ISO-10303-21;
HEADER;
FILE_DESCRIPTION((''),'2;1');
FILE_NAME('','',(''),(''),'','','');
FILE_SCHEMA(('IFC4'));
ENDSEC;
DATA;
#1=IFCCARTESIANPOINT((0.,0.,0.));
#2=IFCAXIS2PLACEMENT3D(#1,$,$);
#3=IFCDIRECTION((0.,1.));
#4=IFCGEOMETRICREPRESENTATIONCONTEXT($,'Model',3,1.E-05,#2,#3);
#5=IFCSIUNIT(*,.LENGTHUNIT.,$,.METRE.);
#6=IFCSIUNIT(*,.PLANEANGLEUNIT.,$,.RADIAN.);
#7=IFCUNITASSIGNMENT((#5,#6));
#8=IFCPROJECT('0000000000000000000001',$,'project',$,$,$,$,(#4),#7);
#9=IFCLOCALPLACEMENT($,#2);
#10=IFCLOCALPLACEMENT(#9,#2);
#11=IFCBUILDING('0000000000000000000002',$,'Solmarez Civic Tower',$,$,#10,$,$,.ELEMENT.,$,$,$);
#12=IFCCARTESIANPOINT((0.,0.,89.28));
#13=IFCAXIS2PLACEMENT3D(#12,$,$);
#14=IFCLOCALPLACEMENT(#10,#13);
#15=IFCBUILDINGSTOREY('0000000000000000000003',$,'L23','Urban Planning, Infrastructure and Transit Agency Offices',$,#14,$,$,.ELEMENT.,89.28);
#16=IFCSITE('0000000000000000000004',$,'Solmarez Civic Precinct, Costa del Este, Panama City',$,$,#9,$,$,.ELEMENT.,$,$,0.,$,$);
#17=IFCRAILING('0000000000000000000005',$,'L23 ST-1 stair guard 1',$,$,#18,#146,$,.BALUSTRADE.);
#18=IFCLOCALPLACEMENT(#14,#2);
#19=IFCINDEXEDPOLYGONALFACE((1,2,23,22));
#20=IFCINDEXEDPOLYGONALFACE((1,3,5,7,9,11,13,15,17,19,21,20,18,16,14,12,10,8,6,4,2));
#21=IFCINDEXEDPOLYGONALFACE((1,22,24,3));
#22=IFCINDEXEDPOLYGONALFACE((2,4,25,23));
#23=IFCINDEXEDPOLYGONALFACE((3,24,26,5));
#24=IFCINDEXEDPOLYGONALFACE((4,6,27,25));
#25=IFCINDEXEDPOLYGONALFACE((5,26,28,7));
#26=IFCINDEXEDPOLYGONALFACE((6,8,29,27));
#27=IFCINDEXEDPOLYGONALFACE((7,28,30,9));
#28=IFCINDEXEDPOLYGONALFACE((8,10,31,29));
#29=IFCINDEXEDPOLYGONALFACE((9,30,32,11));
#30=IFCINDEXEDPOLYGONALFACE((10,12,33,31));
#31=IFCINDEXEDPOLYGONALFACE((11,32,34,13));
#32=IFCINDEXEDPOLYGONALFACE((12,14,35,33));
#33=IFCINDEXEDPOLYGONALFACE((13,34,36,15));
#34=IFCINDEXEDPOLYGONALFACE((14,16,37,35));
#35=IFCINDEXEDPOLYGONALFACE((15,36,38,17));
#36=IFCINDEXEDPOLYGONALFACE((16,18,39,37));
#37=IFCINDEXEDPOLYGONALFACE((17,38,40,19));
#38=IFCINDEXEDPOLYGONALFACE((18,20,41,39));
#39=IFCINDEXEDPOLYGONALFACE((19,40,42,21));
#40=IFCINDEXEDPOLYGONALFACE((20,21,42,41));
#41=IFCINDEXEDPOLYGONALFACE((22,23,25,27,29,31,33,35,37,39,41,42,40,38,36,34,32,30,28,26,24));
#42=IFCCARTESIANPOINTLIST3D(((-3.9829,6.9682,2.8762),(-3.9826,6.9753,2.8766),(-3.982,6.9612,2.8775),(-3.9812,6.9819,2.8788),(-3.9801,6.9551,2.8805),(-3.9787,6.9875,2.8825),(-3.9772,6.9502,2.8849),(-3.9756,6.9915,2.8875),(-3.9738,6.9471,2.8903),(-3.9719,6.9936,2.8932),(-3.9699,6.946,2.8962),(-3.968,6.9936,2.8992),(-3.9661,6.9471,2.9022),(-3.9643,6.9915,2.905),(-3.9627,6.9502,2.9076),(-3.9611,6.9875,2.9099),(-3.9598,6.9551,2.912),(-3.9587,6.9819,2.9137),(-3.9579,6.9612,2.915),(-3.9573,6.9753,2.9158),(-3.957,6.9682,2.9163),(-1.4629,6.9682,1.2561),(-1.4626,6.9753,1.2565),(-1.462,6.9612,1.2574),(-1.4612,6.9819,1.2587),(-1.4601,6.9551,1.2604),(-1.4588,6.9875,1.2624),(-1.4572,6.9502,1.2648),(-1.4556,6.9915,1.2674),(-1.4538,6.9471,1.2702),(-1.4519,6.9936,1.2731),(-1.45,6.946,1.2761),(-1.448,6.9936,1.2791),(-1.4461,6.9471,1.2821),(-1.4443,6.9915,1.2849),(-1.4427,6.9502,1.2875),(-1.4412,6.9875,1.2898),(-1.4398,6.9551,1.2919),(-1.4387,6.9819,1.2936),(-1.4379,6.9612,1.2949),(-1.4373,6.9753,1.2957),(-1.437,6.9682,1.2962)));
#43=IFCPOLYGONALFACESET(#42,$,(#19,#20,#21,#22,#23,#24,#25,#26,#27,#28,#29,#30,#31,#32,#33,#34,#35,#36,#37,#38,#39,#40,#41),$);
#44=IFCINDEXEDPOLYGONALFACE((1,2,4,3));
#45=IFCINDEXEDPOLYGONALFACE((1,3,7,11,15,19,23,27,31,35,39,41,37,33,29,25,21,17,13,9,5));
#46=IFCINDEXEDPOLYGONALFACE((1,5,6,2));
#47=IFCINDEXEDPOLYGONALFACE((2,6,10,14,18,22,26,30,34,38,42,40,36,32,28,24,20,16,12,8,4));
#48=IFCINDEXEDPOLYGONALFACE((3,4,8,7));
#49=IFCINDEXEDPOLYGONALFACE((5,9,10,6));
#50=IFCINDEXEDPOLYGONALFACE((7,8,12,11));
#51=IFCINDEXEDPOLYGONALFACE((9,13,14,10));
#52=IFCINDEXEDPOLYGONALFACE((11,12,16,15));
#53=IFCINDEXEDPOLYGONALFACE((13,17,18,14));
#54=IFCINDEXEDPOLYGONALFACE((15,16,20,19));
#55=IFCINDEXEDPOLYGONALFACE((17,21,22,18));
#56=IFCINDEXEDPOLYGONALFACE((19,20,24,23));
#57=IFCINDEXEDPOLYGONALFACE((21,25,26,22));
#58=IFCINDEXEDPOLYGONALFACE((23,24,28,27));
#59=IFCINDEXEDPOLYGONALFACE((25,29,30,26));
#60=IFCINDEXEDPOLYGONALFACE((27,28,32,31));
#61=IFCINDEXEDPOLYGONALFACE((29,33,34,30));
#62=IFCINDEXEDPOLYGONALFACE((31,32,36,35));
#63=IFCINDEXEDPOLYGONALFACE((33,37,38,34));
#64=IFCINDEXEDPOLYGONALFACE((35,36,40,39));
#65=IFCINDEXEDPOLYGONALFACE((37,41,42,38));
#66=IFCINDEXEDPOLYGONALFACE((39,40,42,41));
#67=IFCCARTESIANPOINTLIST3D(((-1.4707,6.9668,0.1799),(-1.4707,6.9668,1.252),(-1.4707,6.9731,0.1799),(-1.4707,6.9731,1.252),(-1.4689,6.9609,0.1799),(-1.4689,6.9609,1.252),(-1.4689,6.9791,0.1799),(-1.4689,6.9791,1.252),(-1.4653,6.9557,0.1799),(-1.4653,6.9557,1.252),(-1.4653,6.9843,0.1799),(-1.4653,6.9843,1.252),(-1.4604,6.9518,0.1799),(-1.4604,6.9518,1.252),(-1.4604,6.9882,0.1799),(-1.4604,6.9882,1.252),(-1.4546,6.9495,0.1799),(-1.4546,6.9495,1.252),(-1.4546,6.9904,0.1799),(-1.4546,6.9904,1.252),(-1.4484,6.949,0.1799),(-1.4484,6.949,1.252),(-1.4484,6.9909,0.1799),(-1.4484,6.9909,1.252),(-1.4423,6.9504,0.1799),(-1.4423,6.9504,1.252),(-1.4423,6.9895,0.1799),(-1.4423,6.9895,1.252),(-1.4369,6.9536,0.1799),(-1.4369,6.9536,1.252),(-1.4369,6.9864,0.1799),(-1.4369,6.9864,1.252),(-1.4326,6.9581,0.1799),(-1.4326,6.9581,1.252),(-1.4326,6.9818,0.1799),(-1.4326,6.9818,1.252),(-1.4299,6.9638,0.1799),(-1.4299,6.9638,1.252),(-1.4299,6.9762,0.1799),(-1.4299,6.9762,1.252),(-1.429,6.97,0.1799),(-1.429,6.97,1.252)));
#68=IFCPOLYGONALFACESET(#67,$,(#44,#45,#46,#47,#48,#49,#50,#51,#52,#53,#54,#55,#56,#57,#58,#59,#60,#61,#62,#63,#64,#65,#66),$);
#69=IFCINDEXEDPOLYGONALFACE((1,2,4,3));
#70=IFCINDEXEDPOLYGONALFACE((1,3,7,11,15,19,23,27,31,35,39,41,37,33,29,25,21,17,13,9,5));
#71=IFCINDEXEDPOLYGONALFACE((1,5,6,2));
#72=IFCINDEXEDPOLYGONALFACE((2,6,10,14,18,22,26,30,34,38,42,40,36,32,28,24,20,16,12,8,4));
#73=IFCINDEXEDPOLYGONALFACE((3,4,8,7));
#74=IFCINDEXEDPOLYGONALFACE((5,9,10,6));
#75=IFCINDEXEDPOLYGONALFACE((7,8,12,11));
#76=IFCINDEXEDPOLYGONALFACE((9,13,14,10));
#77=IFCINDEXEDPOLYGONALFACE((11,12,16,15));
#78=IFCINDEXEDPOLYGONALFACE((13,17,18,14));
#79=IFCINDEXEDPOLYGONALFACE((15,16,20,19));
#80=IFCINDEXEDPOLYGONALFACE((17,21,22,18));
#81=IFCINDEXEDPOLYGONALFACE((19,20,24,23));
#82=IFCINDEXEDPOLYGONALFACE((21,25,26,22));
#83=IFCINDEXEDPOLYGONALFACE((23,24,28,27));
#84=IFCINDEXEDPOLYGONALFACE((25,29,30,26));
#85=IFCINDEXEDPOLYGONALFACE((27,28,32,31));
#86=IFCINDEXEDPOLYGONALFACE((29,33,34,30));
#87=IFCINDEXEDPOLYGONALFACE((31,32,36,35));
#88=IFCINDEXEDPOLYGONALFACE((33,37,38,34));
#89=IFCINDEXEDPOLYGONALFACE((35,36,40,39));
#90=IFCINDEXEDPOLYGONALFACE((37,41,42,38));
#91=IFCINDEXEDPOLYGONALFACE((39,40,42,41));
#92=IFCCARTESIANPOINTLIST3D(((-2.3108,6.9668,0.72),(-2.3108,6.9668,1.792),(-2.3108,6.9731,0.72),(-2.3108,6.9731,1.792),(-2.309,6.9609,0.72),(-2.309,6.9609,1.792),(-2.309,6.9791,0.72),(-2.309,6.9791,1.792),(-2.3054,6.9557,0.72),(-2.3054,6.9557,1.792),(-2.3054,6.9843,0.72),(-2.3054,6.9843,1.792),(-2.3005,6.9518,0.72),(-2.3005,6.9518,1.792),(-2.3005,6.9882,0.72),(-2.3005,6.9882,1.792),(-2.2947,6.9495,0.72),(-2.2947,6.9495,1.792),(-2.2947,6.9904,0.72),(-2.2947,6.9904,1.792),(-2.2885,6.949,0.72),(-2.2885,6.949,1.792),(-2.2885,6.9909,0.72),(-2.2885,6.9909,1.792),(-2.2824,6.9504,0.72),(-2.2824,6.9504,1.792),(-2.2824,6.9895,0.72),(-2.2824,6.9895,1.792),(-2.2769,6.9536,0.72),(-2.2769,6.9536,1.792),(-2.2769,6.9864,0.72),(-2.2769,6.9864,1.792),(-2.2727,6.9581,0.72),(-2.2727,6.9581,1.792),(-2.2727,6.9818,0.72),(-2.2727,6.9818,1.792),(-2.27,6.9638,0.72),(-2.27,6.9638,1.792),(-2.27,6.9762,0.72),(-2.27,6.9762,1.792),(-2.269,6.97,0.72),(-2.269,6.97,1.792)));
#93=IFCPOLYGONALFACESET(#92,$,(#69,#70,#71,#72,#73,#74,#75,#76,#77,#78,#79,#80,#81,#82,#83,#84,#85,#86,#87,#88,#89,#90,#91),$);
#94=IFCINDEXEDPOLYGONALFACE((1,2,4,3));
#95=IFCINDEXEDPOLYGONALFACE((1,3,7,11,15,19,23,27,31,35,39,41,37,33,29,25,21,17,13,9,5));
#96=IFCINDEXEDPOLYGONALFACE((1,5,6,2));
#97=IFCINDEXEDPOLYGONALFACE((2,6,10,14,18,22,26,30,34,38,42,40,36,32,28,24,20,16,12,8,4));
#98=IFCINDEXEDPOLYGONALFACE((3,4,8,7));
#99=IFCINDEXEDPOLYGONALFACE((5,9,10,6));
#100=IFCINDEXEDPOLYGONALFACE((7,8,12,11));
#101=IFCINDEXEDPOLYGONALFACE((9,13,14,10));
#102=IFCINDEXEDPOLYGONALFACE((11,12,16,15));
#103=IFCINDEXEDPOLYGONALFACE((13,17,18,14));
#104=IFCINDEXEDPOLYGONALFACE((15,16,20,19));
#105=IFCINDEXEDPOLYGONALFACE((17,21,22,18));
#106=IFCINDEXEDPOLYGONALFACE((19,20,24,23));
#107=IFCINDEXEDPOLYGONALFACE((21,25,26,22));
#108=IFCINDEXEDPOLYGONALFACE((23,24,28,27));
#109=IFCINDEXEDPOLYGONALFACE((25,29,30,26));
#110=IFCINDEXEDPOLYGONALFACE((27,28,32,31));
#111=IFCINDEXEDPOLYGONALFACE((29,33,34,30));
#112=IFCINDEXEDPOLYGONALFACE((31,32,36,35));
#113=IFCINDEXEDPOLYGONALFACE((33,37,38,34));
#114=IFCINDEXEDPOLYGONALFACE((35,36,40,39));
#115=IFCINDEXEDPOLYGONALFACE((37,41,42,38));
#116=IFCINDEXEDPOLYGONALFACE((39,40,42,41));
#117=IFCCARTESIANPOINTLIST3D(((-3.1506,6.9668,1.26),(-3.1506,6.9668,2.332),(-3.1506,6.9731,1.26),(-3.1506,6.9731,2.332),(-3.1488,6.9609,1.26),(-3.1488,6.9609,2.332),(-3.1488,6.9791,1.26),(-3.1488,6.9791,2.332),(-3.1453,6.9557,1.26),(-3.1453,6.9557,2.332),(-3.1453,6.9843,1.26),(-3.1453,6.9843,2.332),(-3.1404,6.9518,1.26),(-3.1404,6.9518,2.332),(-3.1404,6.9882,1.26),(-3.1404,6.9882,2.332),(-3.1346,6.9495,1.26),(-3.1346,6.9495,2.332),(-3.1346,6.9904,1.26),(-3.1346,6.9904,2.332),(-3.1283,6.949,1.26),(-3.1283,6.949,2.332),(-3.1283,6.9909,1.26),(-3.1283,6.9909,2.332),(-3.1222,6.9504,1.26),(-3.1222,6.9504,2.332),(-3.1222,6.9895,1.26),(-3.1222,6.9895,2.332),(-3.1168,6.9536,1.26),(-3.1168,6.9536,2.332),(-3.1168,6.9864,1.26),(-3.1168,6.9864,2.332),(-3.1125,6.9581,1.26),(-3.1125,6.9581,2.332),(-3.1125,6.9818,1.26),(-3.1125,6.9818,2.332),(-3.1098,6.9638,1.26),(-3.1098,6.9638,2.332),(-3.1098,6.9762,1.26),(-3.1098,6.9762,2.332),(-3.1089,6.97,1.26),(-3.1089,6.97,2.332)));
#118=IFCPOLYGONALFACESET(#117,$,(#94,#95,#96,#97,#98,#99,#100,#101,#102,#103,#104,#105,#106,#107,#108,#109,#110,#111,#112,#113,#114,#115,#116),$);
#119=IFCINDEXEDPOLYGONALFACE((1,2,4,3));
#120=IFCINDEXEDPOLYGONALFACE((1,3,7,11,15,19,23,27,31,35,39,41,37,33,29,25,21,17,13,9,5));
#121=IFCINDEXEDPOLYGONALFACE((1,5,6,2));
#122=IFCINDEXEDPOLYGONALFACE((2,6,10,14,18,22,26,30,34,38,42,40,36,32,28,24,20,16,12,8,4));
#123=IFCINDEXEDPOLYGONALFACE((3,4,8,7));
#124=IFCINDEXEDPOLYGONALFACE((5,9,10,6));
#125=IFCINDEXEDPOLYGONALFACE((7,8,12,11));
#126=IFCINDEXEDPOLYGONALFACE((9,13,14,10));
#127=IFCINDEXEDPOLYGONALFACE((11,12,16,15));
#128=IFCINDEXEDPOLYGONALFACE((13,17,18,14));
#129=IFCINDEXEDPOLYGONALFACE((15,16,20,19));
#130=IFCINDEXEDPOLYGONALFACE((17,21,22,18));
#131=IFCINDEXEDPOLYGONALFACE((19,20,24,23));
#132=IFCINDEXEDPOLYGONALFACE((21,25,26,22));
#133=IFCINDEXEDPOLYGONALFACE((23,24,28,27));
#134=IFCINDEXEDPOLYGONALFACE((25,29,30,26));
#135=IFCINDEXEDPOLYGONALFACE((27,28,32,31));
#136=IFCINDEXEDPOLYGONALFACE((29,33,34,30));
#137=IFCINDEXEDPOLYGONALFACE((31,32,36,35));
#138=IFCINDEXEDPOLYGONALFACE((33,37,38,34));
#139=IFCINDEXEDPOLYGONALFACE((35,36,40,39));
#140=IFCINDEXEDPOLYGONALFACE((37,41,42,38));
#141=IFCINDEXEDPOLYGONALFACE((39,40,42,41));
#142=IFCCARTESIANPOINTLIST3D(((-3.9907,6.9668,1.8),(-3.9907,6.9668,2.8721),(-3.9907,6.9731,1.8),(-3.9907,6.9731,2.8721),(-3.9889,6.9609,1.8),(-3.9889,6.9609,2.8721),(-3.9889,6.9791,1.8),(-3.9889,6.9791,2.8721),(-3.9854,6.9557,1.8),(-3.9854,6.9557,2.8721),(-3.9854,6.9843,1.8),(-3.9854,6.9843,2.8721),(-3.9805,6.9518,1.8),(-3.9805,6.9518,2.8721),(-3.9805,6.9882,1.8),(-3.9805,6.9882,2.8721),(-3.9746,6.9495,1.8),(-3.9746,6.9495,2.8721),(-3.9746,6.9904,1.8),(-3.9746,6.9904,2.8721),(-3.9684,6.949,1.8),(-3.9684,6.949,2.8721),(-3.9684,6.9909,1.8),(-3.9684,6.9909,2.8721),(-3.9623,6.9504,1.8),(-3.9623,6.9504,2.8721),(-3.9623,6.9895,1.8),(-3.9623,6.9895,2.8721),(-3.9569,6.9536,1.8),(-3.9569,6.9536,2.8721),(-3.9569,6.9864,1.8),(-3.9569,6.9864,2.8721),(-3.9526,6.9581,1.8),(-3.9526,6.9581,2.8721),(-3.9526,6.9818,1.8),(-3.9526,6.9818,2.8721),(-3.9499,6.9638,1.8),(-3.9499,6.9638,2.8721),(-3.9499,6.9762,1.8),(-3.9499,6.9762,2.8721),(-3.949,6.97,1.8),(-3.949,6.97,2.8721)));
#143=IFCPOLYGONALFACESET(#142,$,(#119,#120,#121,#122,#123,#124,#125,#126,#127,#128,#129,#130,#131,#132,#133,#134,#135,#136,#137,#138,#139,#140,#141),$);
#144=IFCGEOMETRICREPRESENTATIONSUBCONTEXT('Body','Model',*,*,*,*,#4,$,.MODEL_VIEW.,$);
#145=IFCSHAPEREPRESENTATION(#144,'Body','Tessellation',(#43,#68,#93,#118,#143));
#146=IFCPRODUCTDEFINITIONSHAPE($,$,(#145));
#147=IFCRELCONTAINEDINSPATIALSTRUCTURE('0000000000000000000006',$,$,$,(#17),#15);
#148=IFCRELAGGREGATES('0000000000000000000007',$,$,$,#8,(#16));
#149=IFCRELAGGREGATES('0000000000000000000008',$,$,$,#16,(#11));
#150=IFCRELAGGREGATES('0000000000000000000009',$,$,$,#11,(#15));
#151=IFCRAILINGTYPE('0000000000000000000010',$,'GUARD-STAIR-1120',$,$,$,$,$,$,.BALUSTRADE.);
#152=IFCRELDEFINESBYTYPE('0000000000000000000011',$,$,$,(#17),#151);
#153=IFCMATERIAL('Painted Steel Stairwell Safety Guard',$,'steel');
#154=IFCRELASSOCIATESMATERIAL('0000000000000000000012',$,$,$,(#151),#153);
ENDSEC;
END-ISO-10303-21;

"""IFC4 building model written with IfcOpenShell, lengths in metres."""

from ifc_helpers import new_model, si_unit, direction, frame, origin, origin_2d, place, context, subcontext, project, spatial, circle, extrude, material, type_object, element, save


model = new_model("IFC4")

# Units and contexts
model_context = context("Model", 3, precision=1e-05, world=origin(), true_north=direction((0.0, 1.0)))
body_context = subcontext(model_context, "Body", "Model", "MODEL_VIEW")
ifc_project = project(units=[si_unit("LENGTHUNIT", "METRE"), si_unit("PLANEANGLEUNIT", "RADIAN")], contexts=[model_context])

# Site, building, storey
site_placement = place(None, origin())
site = spatial("IfcSite", under=ifc_project, at=site_placement, Name="Solmarez Civic Precinct, Costa del Este, Panama City", CompositionType="ELEMENT", RefElevation=0.0)
building_placement = place(site_placement, origin())
building = spatial("IfcBuilding", under=site, at=building_placement, Name="Solmarez Civic Tower", CompositionType="ELEMENT")
storey_placement = place(building_placement, frame((0.0, 0.0, 89.28)))
storey = spatial("IfcBuildingStorey", under=building, at=storey_placement, Name="L23", Description="Urban Planning, Infrastructure and Transit Agency Offices", CompositionType="ELEMENT", Elevation=89.28)

# Railing
ifc_material_1 = material(Name="Painted Steel Stairwell Safety Guard", Category="steel")
railing_type_1 = type_object("IfcRailingType", Name="GUARD-STAIR-1120", PredefinedType="BALUSTRADE", material=ifc_material_1)
railing_1_placement = place(storey_placement, frame((-1.45, 6.97, 0.1799)))
element("IfcRailing", 1, at=railing_1_placement, inside=storey, type_object=railing_type_1, Name="L23 ST-1 stair guard 1", PredefinedType="BALUSTRADE", context=body_context, shape_type="SweptSolid", body=[
    extrude(circle(Radius=0.0239, at=origin_2d()), frame((0.0, 0.0, 1.0962), z_axis=(-0.841163, 0.0, 0.540782), x_axis=(0.0, -1.0, 0.0)), (0.0, 0.0, 1.0), 2.9958),
    extrude(circle(Radius=0.021, at=origin_2d()), origin(), (0.0, 0.0, 1.0), 1.072),
    extrude(circle(Radius=0.021, at=origin_2d()), frame((-0.8401, 0.0, 0.54)), (0.0, 0.0, 1.0), 1.072),
    extrude(circle(Radius=0.021, at=origin_2d()), frame((-1.6799, 0.0, 1.0801)), (0.0, 0.0, 1.0), 1.072),
    extrude(circle(Radius=0.021, at=origin_2d()), frame((-2.52, 0.0, 1.6201)), (0.0, 0.0, 1.0), 1.072),
])

save(model, "model.ifc")
